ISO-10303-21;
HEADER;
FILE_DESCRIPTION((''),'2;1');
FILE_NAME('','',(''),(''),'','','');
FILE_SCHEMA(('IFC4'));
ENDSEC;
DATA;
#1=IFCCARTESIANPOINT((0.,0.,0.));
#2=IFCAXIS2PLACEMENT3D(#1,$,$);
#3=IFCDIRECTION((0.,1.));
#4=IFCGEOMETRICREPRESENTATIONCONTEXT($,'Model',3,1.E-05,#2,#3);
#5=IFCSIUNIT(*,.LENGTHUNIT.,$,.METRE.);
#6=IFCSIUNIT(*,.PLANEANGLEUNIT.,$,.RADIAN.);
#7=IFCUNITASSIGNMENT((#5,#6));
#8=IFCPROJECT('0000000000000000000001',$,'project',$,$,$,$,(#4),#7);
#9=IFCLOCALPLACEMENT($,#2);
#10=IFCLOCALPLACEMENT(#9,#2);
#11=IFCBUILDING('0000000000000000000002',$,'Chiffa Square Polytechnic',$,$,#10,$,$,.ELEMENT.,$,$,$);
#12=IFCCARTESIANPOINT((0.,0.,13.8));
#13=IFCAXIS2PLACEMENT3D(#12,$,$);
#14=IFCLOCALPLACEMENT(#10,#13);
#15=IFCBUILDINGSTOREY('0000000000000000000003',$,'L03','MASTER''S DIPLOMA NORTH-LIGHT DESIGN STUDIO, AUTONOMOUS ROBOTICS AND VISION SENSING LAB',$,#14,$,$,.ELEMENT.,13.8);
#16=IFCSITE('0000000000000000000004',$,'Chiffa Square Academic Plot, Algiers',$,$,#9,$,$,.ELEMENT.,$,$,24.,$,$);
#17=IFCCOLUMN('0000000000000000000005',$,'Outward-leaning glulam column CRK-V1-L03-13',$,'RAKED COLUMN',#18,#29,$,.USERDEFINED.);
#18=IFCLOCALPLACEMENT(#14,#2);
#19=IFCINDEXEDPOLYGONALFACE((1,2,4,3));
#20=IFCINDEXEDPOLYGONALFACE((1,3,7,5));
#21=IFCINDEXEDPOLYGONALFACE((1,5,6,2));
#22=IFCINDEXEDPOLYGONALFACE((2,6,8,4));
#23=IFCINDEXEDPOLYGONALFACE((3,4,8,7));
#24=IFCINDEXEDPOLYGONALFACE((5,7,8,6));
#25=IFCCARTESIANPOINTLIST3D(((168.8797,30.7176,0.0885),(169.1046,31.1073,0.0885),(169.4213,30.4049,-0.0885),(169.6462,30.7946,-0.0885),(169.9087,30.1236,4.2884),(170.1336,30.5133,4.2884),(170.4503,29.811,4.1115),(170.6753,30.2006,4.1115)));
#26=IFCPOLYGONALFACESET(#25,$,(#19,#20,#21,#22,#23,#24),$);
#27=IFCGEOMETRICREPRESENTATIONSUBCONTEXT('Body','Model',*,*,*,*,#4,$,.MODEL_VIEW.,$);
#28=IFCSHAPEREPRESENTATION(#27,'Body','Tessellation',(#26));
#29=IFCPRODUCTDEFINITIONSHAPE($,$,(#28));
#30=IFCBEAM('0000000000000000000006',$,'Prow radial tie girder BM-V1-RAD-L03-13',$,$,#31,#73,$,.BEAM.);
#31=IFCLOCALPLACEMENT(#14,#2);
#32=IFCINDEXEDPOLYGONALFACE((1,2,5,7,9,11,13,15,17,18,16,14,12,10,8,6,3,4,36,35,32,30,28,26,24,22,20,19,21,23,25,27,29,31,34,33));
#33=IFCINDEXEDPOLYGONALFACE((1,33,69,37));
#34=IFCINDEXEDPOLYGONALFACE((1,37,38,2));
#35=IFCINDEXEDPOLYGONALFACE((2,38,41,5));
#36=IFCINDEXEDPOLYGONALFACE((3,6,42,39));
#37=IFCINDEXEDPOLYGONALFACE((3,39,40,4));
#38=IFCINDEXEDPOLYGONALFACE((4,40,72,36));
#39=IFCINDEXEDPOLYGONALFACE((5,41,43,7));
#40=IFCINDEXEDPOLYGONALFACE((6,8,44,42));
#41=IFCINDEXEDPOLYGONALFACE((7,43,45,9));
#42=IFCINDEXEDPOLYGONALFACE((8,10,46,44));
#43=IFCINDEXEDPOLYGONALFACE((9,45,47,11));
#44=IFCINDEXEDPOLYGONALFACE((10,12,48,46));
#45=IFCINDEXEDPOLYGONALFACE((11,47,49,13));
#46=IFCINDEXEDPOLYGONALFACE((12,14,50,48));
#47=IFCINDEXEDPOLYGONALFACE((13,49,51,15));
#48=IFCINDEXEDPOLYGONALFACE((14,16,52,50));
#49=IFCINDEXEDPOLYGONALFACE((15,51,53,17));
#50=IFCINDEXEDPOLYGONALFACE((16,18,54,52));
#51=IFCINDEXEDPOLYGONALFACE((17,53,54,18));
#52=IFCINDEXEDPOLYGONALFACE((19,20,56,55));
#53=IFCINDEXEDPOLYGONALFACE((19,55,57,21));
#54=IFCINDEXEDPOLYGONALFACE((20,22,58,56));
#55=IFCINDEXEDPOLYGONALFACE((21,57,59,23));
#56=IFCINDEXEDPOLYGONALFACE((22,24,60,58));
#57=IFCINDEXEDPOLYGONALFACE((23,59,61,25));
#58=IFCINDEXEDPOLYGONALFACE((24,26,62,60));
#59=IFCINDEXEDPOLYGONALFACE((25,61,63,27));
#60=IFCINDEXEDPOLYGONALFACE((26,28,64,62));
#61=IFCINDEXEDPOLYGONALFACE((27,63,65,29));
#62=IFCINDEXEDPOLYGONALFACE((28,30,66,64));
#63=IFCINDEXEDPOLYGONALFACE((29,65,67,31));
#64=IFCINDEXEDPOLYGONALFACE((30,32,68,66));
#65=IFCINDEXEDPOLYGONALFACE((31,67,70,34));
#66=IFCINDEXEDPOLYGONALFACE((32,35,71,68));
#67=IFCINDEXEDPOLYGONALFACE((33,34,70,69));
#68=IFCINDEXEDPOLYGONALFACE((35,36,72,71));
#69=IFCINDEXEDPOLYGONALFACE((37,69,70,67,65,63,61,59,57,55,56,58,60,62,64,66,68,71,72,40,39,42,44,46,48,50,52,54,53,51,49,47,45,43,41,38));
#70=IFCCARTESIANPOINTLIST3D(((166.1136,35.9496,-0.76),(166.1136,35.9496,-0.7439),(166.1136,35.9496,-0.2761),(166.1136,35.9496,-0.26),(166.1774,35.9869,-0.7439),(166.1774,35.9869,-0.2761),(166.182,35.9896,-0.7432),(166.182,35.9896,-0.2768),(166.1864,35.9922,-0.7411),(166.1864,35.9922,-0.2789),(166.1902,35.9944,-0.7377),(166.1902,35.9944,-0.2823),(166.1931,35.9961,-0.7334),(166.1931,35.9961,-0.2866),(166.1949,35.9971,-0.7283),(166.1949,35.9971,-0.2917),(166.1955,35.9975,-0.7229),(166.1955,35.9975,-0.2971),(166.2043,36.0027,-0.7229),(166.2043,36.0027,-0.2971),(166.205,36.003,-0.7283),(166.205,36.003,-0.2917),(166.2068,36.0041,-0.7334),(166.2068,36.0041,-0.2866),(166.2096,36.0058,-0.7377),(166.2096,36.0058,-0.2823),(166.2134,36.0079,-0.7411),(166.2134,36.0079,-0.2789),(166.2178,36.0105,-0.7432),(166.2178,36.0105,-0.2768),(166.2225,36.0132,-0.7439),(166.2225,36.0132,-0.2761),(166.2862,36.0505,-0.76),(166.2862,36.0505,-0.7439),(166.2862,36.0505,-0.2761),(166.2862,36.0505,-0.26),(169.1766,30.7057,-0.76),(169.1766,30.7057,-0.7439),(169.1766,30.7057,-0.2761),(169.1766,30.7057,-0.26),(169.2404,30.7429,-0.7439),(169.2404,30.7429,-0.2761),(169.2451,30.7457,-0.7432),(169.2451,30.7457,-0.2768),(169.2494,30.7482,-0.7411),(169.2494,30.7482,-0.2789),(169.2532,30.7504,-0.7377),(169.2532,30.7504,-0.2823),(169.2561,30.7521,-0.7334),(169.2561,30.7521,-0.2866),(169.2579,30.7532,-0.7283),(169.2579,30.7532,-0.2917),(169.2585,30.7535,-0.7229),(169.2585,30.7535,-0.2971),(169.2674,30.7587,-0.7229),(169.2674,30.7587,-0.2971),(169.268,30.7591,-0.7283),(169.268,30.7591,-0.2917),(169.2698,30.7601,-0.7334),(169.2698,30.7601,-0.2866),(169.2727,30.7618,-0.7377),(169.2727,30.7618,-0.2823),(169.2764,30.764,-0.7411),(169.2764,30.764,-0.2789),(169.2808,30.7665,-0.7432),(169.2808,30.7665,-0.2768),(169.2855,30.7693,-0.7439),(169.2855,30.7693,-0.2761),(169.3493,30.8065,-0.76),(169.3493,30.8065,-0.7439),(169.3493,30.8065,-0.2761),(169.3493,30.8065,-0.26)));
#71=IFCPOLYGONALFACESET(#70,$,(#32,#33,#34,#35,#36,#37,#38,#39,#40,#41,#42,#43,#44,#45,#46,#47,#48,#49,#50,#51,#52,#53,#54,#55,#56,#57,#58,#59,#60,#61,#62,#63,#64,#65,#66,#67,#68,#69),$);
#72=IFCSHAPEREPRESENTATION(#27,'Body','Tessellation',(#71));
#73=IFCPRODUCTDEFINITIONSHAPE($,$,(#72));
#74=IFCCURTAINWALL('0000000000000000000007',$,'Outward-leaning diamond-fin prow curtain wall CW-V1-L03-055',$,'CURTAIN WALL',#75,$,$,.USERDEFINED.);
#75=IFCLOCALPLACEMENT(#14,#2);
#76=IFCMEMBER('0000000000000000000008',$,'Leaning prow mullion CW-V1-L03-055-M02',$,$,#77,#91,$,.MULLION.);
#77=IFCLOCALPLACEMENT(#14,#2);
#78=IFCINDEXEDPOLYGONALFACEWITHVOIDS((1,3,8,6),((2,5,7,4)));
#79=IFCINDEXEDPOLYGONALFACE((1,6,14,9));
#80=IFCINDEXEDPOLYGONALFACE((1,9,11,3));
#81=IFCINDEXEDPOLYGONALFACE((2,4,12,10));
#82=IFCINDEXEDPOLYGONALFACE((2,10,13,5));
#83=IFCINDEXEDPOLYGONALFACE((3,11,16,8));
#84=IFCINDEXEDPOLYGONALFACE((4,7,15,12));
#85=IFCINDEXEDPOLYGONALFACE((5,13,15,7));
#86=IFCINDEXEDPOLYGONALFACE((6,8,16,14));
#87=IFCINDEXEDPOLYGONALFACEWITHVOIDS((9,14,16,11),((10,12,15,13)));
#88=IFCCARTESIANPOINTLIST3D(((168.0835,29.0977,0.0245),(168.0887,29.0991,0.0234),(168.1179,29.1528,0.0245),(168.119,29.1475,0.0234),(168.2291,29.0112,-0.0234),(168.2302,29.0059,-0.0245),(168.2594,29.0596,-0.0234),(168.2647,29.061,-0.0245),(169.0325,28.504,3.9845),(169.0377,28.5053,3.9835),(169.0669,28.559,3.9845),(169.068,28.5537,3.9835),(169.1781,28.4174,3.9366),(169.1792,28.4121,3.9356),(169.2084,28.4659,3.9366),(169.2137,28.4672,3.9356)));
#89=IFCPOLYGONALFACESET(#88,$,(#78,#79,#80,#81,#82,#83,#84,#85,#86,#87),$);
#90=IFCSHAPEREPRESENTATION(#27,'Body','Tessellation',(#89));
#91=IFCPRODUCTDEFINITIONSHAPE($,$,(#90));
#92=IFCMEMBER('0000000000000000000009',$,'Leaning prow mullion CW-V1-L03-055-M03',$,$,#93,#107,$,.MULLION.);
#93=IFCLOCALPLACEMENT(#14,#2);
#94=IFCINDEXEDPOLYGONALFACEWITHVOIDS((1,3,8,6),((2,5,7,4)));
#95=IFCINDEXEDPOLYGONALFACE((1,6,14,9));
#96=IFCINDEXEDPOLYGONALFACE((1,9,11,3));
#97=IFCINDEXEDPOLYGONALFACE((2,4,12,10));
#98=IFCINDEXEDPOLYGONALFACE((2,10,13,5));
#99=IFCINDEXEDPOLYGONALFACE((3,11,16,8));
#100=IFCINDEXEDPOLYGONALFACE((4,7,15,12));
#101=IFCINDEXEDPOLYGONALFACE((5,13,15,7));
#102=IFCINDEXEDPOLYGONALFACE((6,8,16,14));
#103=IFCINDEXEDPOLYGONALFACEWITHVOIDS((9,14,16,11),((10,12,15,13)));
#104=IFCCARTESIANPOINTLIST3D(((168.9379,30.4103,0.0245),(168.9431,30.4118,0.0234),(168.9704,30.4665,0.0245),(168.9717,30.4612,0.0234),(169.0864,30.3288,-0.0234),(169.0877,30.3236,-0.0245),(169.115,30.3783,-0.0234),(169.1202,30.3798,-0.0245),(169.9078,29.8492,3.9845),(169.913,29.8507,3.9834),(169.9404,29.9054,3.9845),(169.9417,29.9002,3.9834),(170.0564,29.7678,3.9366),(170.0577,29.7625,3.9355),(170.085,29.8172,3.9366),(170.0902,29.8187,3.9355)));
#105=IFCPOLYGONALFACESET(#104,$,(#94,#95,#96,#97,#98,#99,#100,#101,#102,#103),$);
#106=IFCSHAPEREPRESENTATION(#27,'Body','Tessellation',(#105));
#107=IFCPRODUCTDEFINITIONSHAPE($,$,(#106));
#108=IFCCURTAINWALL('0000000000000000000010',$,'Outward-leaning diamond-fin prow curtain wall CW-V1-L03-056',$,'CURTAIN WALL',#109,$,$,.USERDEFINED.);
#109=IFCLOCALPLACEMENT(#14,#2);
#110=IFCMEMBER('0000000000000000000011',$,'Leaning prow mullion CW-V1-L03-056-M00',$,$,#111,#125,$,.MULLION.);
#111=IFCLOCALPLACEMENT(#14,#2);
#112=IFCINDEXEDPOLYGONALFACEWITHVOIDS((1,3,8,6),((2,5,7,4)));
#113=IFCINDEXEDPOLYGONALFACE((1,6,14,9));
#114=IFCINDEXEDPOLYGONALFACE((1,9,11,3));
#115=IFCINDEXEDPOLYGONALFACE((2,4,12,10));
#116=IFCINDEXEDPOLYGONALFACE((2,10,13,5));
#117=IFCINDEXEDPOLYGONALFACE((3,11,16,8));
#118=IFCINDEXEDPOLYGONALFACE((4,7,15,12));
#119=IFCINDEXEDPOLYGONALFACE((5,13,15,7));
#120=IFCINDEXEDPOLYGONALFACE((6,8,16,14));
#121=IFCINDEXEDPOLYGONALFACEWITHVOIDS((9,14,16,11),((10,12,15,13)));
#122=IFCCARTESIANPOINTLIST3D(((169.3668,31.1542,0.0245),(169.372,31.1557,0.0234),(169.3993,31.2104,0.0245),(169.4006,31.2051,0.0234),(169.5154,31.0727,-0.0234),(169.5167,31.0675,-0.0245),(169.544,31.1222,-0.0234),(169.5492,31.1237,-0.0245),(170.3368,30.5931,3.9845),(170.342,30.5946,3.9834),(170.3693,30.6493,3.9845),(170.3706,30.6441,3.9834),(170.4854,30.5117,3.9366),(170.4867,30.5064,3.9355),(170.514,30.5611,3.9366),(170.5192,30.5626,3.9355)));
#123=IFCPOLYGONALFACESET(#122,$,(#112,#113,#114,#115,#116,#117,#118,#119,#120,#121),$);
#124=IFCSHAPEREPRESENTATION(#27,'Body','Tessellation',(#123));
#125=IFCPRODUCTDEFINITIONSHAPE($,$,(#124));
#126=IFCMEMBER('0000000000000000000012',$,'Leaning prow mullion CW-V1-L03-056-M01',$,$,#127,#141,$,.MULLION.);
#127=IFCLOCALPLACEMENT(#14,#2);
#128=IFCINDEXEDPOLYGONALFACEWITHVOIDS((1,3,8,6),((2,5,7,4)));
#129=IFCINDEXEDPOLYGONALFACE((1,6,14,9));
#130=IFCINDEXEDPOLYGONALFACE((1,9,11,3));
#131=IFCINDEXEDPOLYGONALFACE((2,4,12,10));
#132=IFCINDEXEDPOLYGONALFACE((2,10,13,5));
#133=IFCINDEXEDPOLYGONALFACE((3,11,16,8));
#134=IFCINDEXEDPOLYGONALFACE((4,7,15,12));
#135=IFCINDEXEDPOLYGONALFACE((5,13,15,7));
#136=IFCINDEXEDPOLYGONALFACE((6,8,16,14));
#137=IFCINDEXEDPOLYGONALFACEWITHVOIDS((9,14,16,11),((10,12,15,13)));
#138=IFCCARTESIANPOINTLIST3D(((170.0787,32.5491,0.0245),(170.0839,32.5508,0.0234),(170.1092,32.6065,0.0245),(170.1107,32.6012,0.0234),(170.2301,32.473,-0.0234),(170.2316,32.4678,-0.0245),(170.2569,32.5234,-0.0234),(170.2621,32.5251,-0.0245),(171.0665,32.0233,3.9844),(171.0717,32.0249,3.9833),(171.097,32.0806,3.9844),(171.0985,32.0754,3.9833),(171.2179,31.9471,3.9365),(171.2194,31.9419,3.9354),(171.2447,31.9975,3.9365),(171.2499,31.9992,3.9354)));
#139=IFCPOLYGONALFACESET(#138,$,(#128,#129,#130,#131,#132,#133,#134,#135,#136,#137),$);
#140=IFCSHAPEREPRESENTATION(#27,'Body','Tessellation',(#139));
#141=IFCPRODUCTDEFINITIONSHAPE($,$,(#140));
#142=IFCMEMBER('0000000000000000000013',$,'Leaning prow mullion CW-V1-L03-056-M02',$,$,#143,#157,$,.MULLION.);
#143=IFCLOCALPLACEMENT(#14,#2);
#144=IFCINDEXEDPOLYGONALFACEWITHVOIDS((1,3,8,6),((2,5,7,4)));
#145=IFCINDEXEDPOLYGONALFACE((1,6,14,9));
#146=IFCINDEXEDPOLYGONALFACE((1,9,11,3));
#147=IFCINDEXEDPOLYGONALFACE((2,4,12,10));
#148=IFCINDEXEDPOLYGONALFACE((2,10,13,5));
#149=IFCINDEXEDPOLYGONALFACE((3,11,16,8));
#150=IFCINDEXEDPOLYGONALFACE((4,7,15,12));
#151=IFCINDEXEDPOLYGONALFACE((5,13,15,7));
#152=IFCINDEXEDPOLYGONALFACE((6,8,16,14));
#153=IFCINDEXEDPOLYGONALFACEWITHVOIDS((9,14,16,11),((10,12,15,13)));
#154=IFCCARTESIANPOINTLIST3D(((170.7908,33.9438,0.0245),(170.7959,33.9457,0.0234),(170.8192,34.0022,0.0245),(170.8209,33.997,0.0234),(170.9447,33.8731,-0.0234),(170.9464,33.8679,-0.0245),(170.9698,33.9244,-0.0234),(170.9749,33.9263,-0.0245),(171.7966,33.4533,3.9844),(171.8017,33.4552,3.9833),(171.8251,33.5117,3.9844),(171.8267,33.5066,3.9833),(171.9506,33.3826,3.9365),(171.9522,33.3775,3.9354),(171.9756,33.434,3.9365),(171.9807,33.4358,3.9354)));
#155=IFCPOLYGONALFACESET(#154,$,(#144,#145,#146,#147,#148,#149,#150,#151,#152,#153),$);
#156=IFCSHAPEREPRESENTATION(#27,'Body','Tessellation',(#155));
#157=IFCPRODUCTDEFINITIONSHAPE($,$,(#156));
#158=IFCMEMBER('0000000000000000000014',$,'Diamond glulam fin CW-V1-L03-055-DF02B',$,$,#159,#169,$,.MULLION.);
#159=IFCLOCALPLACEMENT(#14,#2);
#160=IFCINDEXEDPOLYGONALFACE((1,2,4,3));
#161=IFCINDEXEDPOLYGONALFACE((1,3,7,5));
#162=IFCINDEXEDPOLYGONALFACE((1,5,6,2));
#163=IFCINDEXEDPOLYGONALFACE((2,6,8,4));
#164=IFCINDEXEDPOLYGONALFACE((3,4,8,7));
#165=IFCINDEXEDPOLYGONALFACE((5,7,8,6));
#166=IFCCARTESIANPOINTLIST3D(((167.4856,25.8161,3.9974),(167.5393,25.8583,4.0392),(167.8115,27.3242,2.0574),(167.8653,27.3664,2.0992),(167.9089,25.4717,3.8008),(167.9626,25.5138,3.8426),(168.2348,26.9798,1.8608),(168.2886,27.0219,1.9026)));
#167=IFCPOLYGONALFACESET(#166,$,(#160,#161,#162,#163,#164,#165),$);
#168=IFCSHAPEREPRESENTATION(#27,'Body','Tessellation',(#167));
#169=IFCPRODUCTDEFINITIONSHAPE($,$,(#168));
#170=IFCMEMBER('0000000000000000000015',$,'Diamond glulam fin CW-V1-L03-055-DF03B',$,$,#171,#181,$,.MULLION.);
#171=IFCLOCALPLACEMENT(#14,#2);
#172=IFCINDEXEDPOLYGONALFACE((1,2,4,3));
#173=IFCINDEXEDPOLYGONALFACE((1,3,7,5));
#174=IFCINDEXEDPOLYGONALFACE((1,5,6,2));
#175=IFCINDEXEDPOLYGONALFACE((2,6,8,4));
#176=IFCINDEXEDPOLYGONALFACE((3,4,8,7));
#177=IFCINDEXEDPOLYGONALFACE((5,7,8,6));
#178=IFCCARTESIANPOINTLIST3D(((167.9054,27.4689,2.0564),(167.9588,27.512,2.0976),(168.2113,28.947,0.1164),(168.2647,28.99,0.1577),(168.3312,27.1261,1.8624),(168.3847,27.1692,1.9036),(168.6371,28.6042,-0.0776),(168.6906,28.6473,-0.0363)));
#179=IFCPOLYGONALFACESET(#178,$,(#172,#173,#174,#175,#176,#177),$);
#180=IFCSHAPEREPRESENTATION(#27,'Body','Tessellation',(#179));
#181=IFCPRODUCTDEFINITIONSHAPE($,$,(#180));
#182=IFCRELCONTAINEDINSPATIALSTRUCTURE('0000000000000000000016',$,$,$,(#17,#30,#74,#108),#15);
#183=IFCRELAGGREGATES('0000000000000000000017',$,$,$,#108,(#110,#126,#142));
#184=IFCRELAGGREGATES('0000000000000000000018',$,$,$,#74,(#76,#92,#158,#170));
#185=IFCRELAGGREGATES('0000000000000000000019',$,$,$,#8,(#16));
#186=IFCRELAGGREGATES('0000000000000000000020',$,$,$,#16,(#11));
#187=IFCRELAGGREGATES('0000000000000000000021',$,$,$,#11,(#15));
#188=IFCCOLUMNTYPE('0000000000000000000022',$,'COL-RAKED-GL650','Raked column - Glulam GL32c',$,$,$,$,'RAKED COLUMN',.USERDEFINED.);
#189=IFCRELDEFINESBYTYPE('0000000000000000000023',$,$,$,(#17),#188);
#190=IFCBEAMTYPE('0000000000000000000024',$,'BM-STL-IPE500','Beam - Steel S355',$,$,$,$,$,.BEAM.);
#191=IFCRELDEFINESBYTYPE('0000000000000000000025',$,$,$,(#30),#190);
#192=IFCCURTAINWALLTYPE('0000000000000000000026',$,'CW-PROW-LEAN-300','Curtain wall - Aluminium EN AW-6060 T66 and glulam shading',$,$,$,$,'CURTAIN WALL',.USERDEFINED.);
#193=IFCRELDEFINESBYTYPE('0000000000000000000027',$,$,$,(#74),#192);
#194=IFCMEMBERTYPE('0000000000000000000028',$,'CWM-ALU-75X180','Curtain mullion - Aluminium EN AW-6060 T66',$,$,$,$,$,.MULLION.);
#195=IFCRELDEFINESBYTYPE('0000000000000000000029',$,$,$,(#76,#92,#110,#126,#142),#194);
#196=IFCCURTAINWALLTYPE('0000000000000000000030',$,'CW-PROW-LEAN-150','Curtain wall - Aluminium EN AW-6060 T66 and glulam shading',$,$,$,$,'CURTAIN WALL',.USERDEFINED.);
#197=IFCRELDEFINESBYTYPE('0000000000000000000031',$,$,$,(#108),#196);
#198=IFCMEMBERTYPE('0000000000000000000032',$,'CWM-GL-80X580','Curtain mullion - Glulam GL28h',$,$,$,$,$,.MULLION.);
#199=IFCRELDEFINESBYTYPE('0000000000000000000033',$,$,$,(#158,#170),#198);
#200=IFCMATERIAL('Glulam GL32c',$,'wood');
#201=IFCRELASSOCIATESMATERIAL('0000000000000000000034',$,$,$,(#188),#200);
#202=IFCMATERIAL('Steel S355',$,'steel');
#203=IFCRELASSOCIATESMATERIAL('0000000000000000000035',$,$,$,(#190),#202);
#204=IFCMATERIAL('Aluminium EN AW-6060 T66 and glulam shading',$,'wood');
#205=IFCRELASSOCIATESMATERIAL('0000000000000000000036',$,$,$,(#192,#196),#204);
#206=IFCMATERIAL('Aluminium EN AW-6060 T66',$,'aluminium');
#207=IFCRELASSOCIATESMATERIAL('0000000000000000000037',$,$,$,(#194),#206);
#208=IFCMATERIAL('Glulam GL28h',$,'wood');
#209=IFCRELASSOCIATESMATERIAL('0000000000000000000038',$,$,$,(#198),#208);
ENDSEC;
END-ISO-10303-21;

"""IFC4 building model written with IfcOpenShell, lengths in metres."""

from ifc_helpers import new_model, si_unit, direction, frame, origin, origin_2d, place, context, subcontext, project, spatial, rectangle, hollow_rectangle, i_section, extrude, material, material_profile, profile_set, type_object, element, aggregate, save


model = new_model("IFC4")

# Units and contexts
model_context = context("Model", 3, precision=1e-05, world=origin(), true_north=direction((0.0, 1.0)))
body_context = subcontext(model_context, "Body", "Model", "MODEL_VIEW")
ifc_project = project(units=[si_unit("LENGTHUNIT", "METRE"), si_unit("PLANEANGLEUNIT", "RADIAN")], contexts=[model_context])

# Site, building, storey
site_placement = place(None, origin())
site = spatial("IfcSite", under=ifc_project, at=site_placement, Name="Chiffa Square Academic Plot, Algiers", CompositionType="ELEMENT", RefElevation=24.0)
building_placement = place(site_placement, origin())
building = spatial("IfcBuilding", under=site, at=building_placement, Name="Chiffa Square Polytechnic", CompositionType="ELEMENT")
storey_placement = place(building_placement, frame((0.0, 0.0, 13.8)))
storey = spatial("IfcBuildingStorey", under=building, at=storey_placement, Name="L03", Description="MASTER'S DIPLOMA NORTH-LIGHT DESIGN STUDIO, AUTONOMOUS ROBOTICS AND VISION SENSING LAB", CompositionType="ELEMENT", Elevation=13.8)

# Column
ifc_material_1 = material(Name="Glulam GL32c", Category="wood")
ifc_material_profile_1 = material_profile(ifc_material_1, rectangle(XDim=0.45, YDim=0.6499, at=origin_2d()), Name="GL32c 450x650")
ifc_profile_set_1 = profile_set([ifc_material_profile_1], Name="Glulam GL32c")
column_type = type_object("IfcColumnType", Name="COL-RAKED-GL650", Description="Raked column - Glulam GL32c", ElementType="RAKED COLUMN", PredefinedType="USERDEFINED", material=ifc_profile_set_1)
column_placement = place(storey_placement, frame((169.2629, 30.7561, 0.0), z_axis=(0.235762, -0.136088, 0.962235), x_axis=(0.499918, 0.866073, 0.0)))
element("IfcColumn", 1, at=column_placement, inside=storey, type_object=column_type, Name="Outward-leaning glulam column CRK-V1-L03-13", ObjectType="RAKED COLUMN", PredefinedType="USERDEFINED", context=body_context, shape_type="SweptSolid", body=[
    extrude(rectangle(XDim=0.45, YDim=0.6499, at=origin_2d()), origin(), (0.0, 0.0, 1.0), 4.3647),
])

# Beam
ifc_material_2 = material(Name="Steel S355", Category="steel")
ifc_material_profile_2 = material_profile(ifc_material_2, i_section(OverallWidth=0.2, OverallDepth=0.5, WebThickness=0.0103, FlangeThickness=0.0161, FilletRadius=0.021, at=origin_2d()), Name="IPE 500")
ifc_profile_set_2 = profile_set([ifc_material_profile_2], Name="Steel S355")
beam_type_1 = type_object("IfcBeamType", Name="BM-STL-IPE500", Description="Beam - Steel S355", PredefinedType="BEAM", material=ifc_profile_set_2)
beam_1_placement = place(storey_placement, frame((169.2629, 30.7561, -0.51), z_axis=(-0.504368, 0.863489, 0.0), x_axis=(-0.863489, -0.504368, 0.0)))
element("IfcBeam", 2, at=beam_1_placement, inside=storey, type_object=beam_type_1, Name="Prow radial tie girder BM-V1-RAD-L03-13", PredefinedType="BEAM", context=body_context, shape_type="SweptSolid", body=[
    extrude(i_section(OverallWidth=0.2, OverallDepth=0.5, WebThickness=0.0103, FlangeThickness=0.0161, FilletRadius=0.021, at=origin_2d()), origin(), (0.0, 0.0, 1.0), 6.073),
])

# Curtain walls, members
ifc_material_3 = material(Name="Aluminium EN AW-6060 T66 and glulam shading", Category="wood")
curtain_wall_type_1 = type_object("IfcCurtainWallType", Name="CW-PROW-LEAN-300", Description="Curtain wall - Aluminium EN AW-6060 T66 and glulam shading", ElementType="CURTAIN WALL", PredefinedType="USERDEFINED", material=ifc_material_3)
curtain_wall_1_placement = place(storey_placement, origin())
curtain_wall_1 = element("IfcCurtainWall", 3, at=curtain_wall_1_placement, inside=storey, type_object=curtain_wall_type_1, Name="Outward-leaning diamond-fin prow curtain wall CW-V1-L03-055", ObjectType="CURTAIN WALL", PredefinedType="USERDEFINED")
ifc_material_4 = material(Name="Aluminium EN AW-6060 T66", Category="aluminium")
ifc_material_profile_3 = material_profile(ifc_material_4, hollow_rectangle(XDim=0.0649, YDim=0.1799, WallThickness=0.0039, at=origin_2d()), Name="ALU 65x180x4")
ifc_profile_set_3 = profile_set([ifc_material_profile_3], Name="Aluminium EN AW-6060 T66")
member_type_1 = type_object("IfcMemberType", Name="CWM-ALU-75X180", Description="Curtain mullion - Aluminium EN AW-6060 T66", PredefinedType="MULLION", material=ifc_profile_set_3)
member_1_placement = place(storey_placement, frame((168.1741, 29.0793, 0.0), z_axis=(0.230606, -0.144284, 0.962291), x_axis=(0.530411, 0.847741, 0.0)))
member_1 = element("IfcMember", 4, at=member_1_placement, type_object=member_type_1, Name="Leaning prow mullion CW-V1-L03-055-M02", PredefinedType="MULLION", context=body_context, shape_type="SweptSolid", body=[
    extrude(hollow_rectangle(XDim=0.0649, YDim=0.1799, WallThickness=0.0039, at=origin_2d()), origin(), (0.0, 0.0, 1.0), 4.1152),
])
member_2_placement = place(storey_placement, frame((169.0291, 30.395, 0.0), z_axis=(0.23569, -0.136324, 0.962219), x_axis=(0.500684, 0.86563, 0.0)))
member_2 = element("IfcMember", 5, at=member_2_placement, type_object=member_type_1, Name="Leaning prow mullion CW-V1-L03-055-M03", PredefinedType="MULLION", context=body_context, shape_type="SweptSolid", body=[
    extrude(hollow_rectangle(XDim=0.0649, YDim=0.1799, WallThickness=0.0039, at=origin_2d()), origin(), (0.0, 0.0, 1.0), 4.1155),
])
curtain_wall_type_2 = type_object("IfcCurtainWallType", Name="CW-PROW-LEAN-150", Description="Curtain wall - Aluminium EN AW-6060 T66 and glulam shading", ElementType="CURTAIN WALL", PredefinedType="USERDEFINED", material=ifc_material_3)
curtain_wall_2_placement = place(storey_placement, origin())
curtain_wall_2 = element("IfcCurtainWall", 6, at=curtain_wall_2_placement, inside=storey, type_object=curtain_wall_type_2, Name="Outward-leaning diamond-fin prow curtain wall CW-V1-L03-056", ObjectType="CURTAIN WALL", PredefinedType="USERDEFINED")
member_3_placement = place(storey_placement, frame((169.458, 31.1389, 0.0), z_axis=(0.23569, -0.136324, 0.962219), x_axis=(0.500684, 0.86563, 0.0)))
member_3 = element("IfcMember", 7, at=member_3_placement, type_object=member_type_1, Name="Leaning prow mullion CW-V1-L03-056-M00", PredefinedType="MULLION", context=body_context, shape_type="SweptSolid", body=[
    extrude(hollow_rectangle(XDim=0.0649, YDim=0.1799, WallThickness=0.0039, at=origin_2d()), origin(), (0.0, 0.0, 1.0), 4.1155),
])
member_4_placement = place(storey_placement, frame((170.1704, 32.5371, 0.0), z_axis=(0.240044, -0.127794, 0.962314), x_axis=(0.469931, 0.882703, 0.0)))
member_4 = element("IfcMember", 8, at=member_4_placement, type_object=member_type_1, Name="Leaning prow mullion CW-V1-L03-056-M01", PredefinedType="MULLION", context=body_context, shape_type="SweptSolid", body=[
    extrude(hollow_rectangle(XDim=0.0649, YDim=0.1799, WallThickness=0.0039, at=origin_2d()), origin(), (0.0, 0.0, 1.0), 4.115),
])
member_5_placement = place(storey_placement, frame((170.8828, 33.9351, 0.0), z_axis=(0.244434, -0.119191, 0.962312), x_axis=(0.43829, 0.898833, 0.0)))
member_5 = element("IfcMember", 9, at=member_5_placement, type_object=member_type_1, Name="Leaning prow mullion CW-V1-L03-056-M02", PredefinedType="MULLION", context=body_context, shape_type="SweptSolid", body=[
    extrude(hollow_rectangle(XDim=0.0649, YDim=0.1799, WallThickness=0.0039, at=origin_2d()), origin(), (0.0, 0.0, 1.0), 4.115),
])

# Members
ifc_material_5 = material(Name="Glulam GL28h", Category="wood")
ifc_material_profile_4 = material_profile(ifc_material_5, rectangle(XDim=0.0801, YDim=0.5801, at=origin_2d()), Name="GL28h 80x580")
ifc_profile_set_4 = profile_set([ifc_material_profile_4], Name="Glulam GL28h")
member_type_2 = type_object("IfcMemberType", Name="CWM-GL-80X580", Description="Curtain mullion - Glulam GL28h", PredefinedType="MULLION", material=ifc_profile_set_4)
member_6_placement = place(storey_placement, frame((168.05, 27.1731, 1.98), z_axis=(-0.131493, -0.608412, 0.782652), x_axis=(0.671008, 0.526521, 0.522038)))
member_6 = element("IfcMember", 10, at=member_6_placement, type_object=member_type_2, Name="Diamond glulam fin CW-V1-L03-055-DF02B", PredefinedType="MULLION", context=body_context, shape_type="SweptSolid", body=[
    extrude(rectangle(XDim=0.0801, YDim=0.5801, at=origin_2d()), origin(), (0.0, 0.0, 1.0), 2.4788),
])
member_7_placement = place(storey_placement, frame((168.4509, 28.7971, 0.04), z_axis=(-0.124457, -0.601325, 0.789252), x_axis=(0.667491, 0.5378, 0.515002)))
member_7 = element("IfcMember", 11, at=member_7_placement, type_object=member_type_2, Name="Diamond glulam fin CW-V1-L03-055-DF03B", PredefinedType="MULLION", context=body_context, shape_type="SweptSolid", body=[
    extrude(rectangle(XDim=0.0801, YDim=0.5801, at=origin_2d()), origin(), (0.0, 0.0, 1.0), 2.458),
])

aggregate(curtain_wall_2, [member_3, member_4, member_5])
aggregate(curtain_wall_1, [member_1, member_2, member_6, member_7])

save(model, "model.ifc")
